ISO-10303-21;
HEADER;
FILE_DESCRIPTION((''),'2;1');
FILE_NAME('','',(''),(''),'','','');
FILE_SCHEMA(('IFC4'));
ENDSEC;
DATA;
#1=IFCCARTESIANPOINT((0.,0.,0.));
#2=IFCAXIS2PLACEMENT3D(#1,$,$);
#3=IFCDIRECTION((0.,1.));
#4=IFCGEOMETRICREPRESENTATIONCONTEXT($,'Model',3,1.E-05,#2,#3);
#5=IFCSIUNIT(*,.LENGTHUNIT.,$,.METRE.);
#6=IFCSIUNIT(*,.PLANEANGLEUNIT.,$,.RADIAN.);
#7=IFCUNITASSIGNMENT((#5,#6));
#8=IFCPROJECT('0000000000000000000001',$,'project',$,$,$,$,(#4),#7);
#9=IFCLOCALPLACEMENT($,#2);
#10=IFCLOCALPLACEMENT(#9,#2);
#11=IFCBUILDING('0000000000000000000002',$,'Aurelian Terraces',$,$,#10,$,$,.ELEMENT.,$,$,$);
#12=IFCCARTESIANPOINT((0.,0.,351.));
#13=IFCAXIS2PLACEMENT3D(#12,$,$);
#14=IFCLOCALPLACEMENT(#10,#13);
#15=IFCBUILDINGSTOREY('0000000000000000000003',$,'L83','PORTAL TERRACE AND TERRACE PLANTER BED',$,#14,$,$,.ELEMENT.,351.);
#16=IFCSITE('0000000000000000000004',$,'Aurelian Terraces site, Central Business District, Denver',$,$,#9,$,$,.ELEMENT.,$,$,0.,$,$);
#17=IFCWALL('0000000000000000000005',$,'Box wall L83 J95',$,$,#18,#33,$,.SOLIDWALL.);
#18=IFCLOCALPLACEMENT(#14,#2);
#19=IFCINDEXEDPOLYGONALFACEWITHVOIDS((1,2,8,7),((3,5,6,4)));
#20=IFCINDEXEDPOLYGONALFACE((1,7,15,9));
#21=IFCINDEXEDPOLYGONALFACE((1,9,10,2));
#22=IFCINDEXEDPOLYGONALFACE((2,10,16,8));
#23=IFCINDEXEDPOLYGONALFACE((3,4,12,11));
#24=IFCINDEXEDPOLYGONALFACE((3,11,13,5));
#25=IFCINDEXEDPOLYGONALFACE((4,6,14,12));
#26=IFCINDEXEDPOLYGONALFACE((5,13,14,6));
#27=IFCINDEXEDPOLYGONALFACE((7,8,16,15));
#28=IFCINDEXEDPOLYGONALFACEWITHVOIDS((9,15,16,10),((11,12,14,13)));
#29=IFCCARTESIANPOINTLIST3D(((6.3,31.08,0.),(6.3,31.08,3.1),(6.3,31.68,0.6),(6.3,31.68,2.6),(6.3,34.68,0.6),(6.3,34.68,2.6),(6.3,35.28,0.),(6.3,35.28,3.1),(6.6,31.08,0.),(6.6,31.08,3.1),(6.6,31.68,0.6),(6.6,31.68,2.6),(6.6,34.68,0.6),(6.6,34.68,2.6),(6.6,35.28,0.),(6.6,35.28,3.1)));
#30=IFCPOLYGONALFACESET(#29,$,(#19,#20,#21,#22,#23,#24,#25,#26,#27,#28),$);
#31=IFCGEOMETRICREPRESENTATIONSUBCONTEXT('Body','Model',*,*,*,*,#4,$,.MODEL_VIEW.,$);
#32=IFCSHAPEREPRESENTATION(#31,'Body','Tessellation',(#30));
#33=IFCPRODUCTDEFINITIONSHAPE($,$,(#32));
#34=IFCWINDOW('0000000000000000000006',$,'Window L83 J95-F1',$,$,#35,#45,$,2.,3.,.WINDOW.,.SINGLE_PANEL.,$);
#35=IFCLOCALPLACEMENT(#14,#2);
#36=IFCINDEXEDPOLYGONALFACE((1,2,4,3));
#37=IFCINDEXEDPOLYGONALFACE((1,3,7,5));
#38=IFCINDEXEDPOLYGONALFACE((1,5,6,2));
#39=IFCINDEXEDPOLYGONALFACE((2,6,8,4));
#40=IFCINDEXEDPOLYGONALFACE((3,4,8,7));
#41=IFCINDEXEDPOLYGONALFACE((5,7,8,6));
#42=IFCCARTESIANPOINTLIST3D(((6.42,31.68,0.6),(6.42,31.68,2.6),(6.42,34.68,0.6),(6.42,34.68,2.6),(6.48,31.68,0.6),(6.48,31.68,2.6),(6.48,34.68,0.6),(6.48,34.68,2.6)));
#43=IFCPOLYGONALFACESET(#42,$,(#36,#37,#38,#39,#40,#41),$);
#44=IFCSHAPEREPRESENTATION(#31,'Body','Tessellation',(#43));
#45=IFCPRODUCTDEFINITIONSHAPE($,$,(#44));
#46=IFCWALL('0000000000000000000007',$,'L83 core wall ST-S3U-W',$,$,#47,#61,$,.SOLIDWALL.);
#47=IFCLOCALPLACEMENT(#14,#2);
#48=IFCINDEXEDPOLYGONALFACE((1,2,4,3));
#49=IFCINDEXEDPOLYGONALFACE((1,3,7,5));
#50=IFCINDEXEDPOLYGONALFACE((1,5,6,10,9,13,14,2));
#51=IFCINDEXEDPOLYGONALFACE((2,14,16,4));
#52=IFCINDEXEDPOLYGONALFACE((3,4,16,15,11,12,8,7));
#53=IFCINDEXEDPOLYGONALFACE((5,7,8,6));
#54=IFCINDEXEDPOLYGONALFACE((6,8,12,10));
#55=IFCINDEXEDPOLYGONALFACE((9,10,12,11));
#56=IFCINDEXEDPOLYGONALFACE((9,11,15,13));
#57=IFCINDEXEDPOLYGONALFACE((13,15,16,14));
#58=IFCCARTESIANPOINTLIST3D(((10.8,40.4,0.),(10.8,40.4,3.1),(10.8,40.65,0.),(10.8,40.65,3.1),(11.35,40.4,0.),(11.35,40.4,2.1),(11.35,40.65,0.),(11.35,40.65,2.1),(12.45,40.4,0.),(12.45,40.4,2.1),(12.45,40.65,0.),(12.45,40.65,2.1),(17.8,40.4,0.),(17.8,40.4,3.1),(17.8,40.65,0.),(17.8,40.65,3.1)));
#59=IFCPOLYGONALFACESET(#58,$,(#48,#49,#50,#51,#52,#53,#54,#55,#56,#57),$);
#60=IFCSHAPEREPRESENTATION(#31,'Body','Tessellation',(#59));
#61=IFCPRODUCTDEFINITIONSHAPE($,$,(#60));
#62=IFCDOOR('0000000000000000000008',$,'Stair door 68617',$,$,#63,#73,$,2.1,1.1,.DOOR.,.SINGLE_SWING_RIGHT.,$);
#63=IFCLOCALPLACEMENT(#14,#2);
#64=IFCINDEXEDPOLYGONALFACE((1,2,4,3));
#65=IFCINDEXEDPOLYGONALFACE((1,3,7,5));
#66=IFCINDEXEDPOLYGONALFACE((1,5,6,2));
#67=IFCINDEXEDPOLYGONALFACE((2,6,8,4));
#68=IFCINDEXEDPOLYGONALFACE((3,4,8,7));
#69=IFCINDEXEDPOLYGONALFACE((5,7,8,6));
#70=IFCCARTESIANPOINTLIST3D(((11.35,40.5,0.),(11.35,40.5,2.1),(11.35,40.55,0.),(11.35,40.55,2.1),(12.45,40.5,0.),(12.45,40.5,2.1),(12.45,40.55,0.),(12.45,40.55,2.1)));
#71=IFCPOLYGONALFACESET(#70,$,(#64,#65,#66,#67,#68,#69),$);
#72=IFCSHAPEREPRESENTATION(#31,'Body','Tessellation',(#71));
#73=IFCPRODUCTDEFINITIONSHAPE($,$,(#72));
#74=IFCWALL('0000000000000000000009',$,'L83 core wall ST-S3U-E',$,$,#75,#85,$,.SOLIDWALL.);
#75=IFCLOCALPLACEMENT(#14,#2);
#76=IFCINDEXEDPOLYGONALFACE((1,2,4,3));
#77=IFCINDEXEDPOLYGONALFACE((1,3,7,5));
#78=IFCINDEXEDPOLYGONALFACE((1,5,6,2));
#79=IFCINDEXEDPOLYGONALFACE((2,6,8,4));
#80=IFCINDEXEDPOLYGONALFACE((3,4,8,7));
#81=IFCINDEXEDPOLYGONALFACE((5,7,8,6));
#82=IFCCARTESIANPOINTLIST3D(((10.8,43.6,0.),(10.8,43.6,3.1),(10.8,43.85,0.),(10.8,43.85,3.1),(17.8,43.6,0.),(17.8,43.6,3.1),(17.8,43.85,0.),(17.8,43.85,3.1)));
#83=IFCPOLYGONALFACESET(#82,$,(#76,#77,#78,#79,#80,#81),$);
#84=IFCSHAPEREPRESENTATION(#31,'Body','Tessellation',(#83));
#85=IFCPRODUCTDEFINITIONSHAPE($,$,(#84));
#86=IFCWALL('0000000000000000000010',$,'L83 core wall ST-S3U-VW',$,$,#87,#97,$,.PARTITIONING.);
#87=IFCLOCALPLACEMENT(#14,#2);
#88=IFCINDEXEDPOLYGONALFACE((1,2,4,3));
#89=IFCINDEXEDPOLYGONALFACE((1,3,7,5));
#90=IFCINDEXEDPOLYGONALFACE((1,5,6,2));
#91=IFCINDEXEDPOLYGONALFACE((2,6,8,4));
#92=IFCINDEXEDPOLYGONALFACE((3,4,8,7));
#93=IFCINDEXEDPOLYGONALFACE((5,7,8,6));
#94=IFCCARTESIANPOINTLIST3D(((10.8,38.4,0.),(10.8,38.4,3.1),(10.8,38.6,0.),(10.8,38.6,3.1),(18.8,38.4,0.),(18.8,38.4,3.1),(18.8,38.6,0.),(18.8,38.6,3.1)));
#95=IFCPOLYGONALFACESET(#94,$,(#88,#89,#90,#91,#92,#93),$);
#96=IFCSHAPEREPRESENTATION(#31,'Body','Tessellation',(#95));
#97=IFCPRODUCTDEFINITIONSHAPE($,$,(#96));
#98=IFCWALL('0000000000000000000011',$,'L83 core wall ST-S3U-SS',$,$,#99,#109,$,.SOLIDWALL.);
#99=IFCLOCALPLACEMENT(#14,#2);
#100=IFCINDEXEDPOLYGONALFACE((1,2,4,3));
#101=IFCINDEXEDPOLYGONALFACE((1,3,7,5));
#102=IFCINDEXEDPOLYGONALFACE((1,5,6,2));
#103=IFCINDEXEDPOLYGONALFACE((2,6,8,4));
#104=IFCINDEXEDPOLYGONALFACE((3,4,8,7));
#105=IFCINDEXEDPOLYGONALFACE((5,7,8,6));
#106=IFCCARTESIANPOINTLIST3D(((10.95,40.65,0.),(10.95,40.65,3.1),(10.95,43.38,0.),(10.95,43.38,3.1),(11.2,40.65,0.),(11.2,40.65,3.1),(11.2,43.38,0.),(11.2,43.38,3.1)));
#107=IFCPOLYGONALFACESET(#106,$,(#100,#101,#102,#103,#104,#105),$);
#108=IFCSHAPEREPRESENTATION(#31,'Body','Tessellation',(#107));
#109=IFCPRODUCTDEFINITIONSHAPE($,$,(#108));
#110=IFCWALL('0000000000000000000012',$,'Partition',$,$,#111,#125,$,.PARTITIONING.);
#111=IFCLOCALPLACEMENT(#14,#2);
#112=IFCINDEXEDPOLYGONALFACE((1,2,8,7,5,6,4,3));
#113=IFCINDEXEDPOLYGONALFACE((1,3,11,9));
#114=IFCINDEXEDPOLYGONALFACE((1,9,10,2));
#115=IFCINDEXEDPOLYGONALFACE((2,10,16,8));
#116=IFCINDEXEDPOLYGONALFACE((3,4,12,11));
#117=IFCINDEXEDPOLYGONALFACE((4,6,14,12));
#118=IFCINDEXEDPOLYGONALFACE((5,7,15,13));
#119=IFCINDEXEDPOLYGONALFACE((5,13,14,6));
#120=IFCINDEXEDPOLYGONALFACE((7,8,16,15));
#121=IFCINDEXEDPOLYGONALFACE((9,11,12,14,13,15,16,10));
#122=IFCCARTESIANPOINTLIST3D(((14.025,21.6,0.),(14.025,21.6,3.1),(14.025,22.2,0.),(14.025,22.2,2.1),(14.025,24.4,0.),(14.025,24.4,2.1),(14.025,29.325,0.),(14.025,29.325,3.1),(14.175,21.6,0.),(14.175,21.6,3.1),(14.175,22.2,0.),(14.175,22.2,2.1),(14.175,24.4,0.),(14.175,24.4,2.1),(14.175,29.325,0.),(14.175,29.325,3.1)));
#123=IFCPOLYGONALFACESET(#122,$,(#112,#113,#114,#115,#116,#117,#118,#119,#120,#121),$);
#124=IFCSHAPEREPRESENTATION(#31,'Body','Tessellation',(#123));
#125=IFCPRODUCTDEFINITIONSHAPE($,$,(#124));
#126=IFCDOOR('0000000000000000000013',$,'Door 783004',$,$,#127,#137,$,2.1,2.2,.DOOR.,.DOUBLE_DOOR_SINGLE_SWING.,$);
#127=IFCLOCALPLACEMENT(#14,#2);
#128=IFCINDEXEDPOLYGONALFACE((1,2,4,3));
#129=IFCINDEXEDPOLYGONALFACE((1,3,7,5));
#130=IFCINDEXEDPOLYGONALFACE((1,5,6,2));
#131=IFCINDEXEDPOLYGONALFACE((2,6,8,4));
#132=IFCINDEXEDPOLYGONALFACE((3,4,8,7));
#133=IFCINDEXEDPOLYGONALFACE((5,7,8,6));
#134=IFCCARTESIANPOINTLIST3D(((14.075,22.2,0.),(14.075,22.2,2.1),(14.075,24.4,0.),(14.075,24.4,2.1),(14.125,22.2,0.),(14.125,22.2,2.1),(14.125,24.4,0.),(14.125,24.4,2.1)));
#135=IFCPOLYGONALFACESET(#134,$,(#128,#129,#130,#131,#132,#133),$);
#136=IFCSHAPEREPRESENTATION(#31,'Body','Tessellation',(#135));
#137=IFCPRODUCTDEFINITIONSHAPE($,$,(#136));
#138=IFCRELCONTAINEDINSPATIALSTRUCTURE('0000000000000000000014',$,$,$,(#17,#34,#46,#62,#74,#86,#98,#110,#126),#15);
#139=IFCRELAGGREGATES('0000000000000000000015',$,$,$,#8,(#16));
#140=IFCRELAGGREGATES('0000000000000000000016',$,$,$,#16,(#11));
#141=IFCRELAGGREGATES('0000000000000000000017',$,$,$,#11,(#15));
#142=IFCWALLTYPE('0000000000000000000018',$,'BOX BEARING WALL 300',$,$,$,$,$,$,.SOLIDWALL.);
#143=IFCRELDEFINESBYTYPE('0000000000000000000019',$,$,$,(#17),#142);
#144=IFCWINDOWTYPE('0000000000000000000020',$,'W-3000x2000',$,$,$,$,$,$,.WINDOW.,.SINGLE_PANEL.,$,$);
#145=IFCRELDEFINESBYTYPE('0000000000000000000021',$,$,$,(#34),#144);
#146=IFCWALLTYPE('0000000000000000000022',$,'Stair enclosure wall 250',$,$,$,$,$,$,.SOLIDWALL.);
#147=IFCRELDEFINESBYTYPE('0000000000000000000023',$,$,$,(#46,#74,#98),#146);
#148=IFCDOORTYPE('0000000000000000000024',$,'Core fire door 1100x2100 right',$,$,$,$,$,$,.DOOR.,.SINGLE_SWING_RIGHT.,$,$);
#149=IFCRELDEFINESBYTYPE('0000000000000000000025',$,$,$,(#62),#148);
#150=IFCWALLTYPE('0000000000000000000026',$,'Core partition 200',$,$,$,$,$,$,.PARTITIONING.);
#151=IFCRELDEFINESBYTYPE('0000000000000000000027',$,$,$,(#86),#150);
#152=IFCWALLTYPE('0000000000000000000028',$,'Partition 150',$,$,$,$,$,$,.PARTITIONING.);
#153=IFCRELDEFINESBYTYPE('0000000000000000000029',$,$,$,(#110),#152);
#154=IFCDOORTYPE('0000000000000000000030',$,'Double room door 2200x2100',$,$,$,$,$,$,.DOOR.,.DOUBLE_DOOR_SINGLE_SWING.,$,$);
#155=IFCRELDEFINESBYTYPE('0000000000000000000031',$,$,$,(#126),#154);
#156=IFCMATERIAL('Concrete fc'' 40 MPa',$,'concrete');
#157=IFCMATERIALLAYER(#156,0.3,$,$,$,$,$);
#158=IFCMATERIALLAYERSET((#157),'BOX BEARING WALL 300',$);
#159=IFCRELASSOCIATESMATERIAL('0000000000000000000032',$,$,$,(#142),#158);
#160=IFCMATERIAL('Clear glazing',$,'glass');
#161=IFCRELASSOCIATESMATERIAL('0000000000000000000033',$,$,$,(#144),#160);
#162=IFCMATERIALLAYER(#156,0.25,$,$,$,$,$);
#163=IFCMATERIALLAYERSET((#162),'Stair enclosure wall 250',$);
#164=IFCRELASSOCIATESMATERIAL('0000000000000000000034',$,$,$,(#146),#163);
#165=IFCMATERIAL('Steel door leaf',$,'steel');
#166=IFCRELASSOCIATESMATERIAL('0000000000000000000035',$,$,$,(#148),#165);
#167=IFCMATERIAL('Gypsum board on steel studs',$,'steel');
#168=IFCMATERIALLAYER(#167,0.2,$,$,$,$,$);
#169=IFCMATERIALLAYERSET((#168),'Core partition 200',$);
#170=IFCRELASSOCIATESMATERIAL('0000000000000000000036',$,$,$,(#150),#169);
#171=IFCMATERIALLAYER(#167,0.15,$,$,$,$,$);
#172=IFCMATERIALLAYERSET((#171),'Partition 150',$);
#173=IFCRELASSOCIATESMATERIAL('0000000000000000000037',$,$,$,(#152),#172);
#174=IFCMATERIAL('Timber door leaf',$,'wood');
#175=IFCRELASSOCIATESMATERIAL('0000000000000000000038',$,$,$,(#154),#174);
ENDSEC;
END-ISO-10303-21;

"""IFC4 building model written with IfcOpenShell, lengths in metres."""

from ifc_helpers import new_model, si_unit, direction, frame, frame_2d, origin, place, context, subcontext, project, spatial, rectangle, extrude, source, transform, mapped, material, layer, layer_set, type_object, element, fill, save


model = new_model("IFC4")

# Units and contexts
model_context = context("Model", 3, precision=1e-05, world=origin(), true_north=direction((0.0, 1.0)))
body_context = subcontext(model_context, "Body", "Model", "MODEL_VIEW")
ifc_project = project(units=[si_unit("LENGTHUNIT", "METRE"), si_unit("PLANEANGLEUNIT", "RADIAN")], contexts=[model_context])

# Site, building, storey
site_placement = place(None, origin())
site = spatial("IfcSite", under=ifc_project, at=site_placement, Name="Aurelian Terraces site, Central Business District, Denver", CompositionType="ELEMENT", RefElevation=0.0)
building_placement = place(site_placement, origin())
building = spatial("IfcBuilding", under=site, at=building_placement, Name="Aurelian Terraces", CompositionType="ELEMENT")
storey_placement = place(building_placement, frame((0.0, 0.0, 351.0)))
storey = spatial("IfcBuildingStorey", under=building, at=storey_placement, Name="L83", Description="PORTAL TERRACE AND TERRACE PLANTER BED", CompositionType="ELEMENT", Elevation=351.0)

# Shared definitions
ifc_material_1 = material(Name="Concrete fc' 40 MPa", Category="concrete")
ifc_material_2 = material(Name="Clear glazing", Category="glass")

# Shared definitions
ifc_material_3 = material(Name="Timber door leaf", Category="wood")

# Wall, opening, window
ifc_layer_1 = layer(ifc_material_1, 0.3)
ifc_layer_set_1 = layer_set([ifc_layer_1], Name="BOX BEARING WALL 300")
wall_type_1 = type_object("IfcWallType", Name="BOX BEARING WALL 300", PredefinedType="SOLIDWALL", material=ifc_layer_set_1)
shared_shape_1 = source(origin(), body_context, "Body", "SweptSolid", [
    extrude(rectangle(XDim=4.2, YDim=0.3, at=frame_2d((2.1, 0.0))), origin(), (0.0, 0.0, 1.0), 3.1),
])
wall_1_placement = place(storey_placement, frame((6.45, 35.28, 0.0), z_axis=(0.0, 0.0, 1.0), x_axis=(0.0, -1.0, 0.0)))
wall_1 = element("IfcWall", 1, at=wall_1_placement, inside=storey, type_object=wall_type_1, Name="Box wall L83 J95", PredefinedType="SOLIDWALL", context=body_context, shape_type="MappedRepresentation", body=[
    mapped(shared_shape_1, transform((0.0, 0.0, 0.0), scale=1.0)),
])
shared_shape_2 = source(origin(), body_context, "Body", "SweptSolid", [
    extrude(rectangle(XDim=3.0, YDim=2.0, at=frame_2d((1.5, 1.0))), frame((0.0, 0.16, 0.0), z_axis=(0.0, -1.0, 0.0), x_axis=(1.0, 0.0, 0.0)), (0.0, 0.0, 1.0), 0.32),
])
opening_1_placement = place(wall_1_placement, frame((0.6, 0.0, 0.6)))
opening_1 = element("IfcOpeningElement", 2, at=opening_1_placement, cuts=wall_1, PredefinedType="OPENING", context=body_context, shape_type="MappedRepresentation", body=[
    mapped(shared_shape_2, transform((0.0, 0.0, 0.0), scale=1.0)),
])
window_type_1 = type_object("IfcWindowType", Name="W-3000x2000", PartitioningType="SINGLE_PANEL", PredefinedType="WINDOW", material=ifc_material_2)
shared_shape_3 = source(origin(), body_context, "Body", "SweptSolid", [
    extrude(rectangle(XDim=3.0, YDim=2.0, at=frame_2d((1.5, 1.0))), frame((0.0, 0.03, 0.0), z_axis=(0.0, -1.0, 0.0), x_axis=(1.0, 0.0, 0.0)), (0.0, 0.0, 1.0), 0.06),
])
window_1_placement = place(opening_1_placement, origin())
window_1 = element("IfcWindow", 3, at=window_1_placement, inside=storey, type_object=window_type_1, Name="Window L83 J95-F1", OverallHeight=2.0, OverallWidth=3.0, PartitioningType="SINGLE_PANEL", PredefinedType="WINDOW", context=body_context, shape_type="MappedRepresentation", body=[
    mapped(shared_shape_3, transform((0.0, 0.0, 0.0), scale=1.0)),
])
fill(opening_1, window_1)

# Wall, opening, door
ifc_layer_2 = layer(ifc_material_1, 0.25)
ifc_layer_set_2 = layer_set([ifc_layer_2], Name="Stair enclosure wall 250")
wall_type_2 = type_object("IfcWallType", Name="Stair enclosure wall 250", PredefinedType="SOLIDWALL", material=ifc_layer_set_2)
shared_shape_4 = source(origin(), body_context, "Body", "SweptSolid", [
    extrude(rectangle(XDim=7.0, YDim=0.25, at=frame_2d((3.5, 0.0))), origin(), (0.0, 0.0, 1.0), 3.1),
])
wall_2_placement = place(storey_placement, frame((10.8, 40.525, 0.0), z_axis=(0.0, 0.0, 1.0), x_axis=(1.0, 0.0, 0.0)))
wall_2 = element("IfcWall", 4, at=wall_2_placement, inside=storey, type_object=wall_type_2, Name="L83 core wall ST-S3U-W", PredefinedType="SOLIDWALL", context=body_context, shape_type="MappedRepresentation", body=[
    mapped(shared_shape_4, transform((0.0, 0.0, 0.0), scale=1.0)),
])
shared_shape_5 = source(origin(), body_context, "Body", "SweptSolid", [
    extrude(rectangle(XDim=1.1, YDim=2.1, at=frame_2d((0.55, 1.05))), frame((0.0, 0.135, 0.0), z_axis=(0.0, -1.0, 0.0), x_axis=(1.0, 0.0, 0.0)), (0.0, 0.0, 1.0), 0.27),
])
opening_2_placement = place(wall_2_placement, frame((0.55, 0.0, 0.0)))
opening_2 = element("IfcOpeningElement", 5, at=opening_2_placement, cuts=wall_2, PredefinedType="OPENING", context=body_context, shape_type="MappedRepresentation", body=[
    mapped(shared_shape_5, transform((0.0, 0.0, 0.0), scale=1.0)),
])
ifc_material_4 = material(Name="Steel door leaf", Category="steel")
door_type_1 = type_object("IfcDoorType", Name="Core fire door 1100x2100 right", OperationType="SINGLE_SWING_RIGHT", PredefinedType="DOOR", material=ifc_material_4)
shared_shape_6 = source(origin(), body_context, "Body", "SweptSolid", [
    extrude(rectangle(XDim=1.1, YDim=2.1, at=frame_2d((0.55, 1.05))), frame((0.0, 0.025, 0.0), z_axis=(0.0, -1.0, 0.0), x_axis=(1.0, 0.0, 0.0)), (0.0, 0.0, 1.0), 0.05),
])
door_1_placement = place(opening_2_placement, origin())
door_1 = element("IfcDoor", 6, at=door_1_placement, inside=storey, type_object=door_type_1, Name="Stair door 68617", OperationType="SINGLE_SWING_RIGHT", OverallHeight=2.1, OverallWidth=1.1, PredefinedType="DOOR", context=body_context, shape_type="MappedRepresentation", body=[
    mapped(shared_shape_6, transform((0.0, 0.0, 0.0), scale=1.0)),
])
fill(opening_2, door_1)

# Walls
wall_3_placement = place(storey_placement, frame((10.8, 43.725, 0.0), z_axis=(0.0, 0.0, 1.0), x_axis=(1.0, 0.0, 0.0)))
element("IfcWall", 7, at=wall_3_placement, inside=storey, type_object=wall_type_2, Name="L83 core wall ST-S3U-E", PredefinedType="SOLIDWALL", context=body_context, shape_type="MappedRepresentation", body=[
    mapped(shared_shape_4, transform((0.0, 0.0, 0.0), scale=1.0)),
])
ifc_material_5 = material(Name="Gypsum board on steel studs", Category="steel")
ifc_layer_3 = layer(ifc_material_5, 0.2)
ifc_layer_set_3 = layer_set([ifc_layer_3], Name="Core partition 200")
wall_type_3 = type_object("IfcWallType", Name="Core partition 200", PredefinedType="PARTITIONING", material=ifc_layer_set_3)
shared_shape_7 = source(origin(), body_context, "Body", "SweptSolid", [
    extrude(rectangle(XDim=8.0, YDim=0.2, at=frame_2d((4.0, 0.0))), origin(), (0.0, 0.0, 1.0), 3.1),
])
wall_4_placement = place(storey_placement, frame((10.8, 38.5, 0.0), z_axis=(0.0, 0.0, 1.0), x_axis=(1.0, 0.0, 0.0)))
element("IfcWall", 8, at=wall_4_placement, inside=storey, type_object=wall_type_3, Name="L83 core wall ST-S3U-VW", PredefinedType="PARTITIONING", context=body_context, shape_type="MappedRepresentation", body=[
    mapped(shared_shape_7, transform((0.0, 0.0, 0.0), scale=1.0)),
])
shared_shape_8 = source(origin(), body_context, "Body", "SweptSolid", [
    extrude(rectangle(XDim=2.73, YDim=0.25, at=frame_2d((1.365, 0.0))), origin(), (0.0, 0.0, 1.0), 3.1),
])
wall_5_placement = place(storey_placement, frame((11.075, 40.65, 0.0), z_axis=(0.0, 0.0, 1.0), x_axis=(0.0, 1.0, 0.0)))
element("IfcWall", 9, at=wall_5_placement, inside=storey, type_object=wall_type_2, Name="L83 core wall ST-S3U-SS", PredefinedType="SOLIDWALL", context=body_context, shape_type="MappedRepresentation", body=[
    mapped(shared_shape_8, transform((0.0, 0.0, 0.0), scale=1.0)),
])

# Wall, opening, door
ifc_layer_4 = layer(ifc_material_5, 0.15)
ifc_layer_set_4 = layer_set([ifc_layer_4], Name="Partition 150")
wall_type_4 = type_object("IfcWallType", Name="Partition 150", PredefinedType="PARTITIONING", material=ifc_layer_set_4)
shared_shape_9 = source(origin(), body_context, "Body", "SweptSolid", [
    extrude(rectangle(XDim=7.725, YDim=0.15, at=frame_2d((3.8625, 0.0))), origin(), (0.0, 0.0, 1.0), 3.1),
])
wall_6_placement = place(storey_placement, frame((14.1, 29.325, 0.0), z_axis=(0.0, 0.0, 1.0), x_axis=(0.0, -1.0, 0.0)))
wall_6 = element("IfcWall", 10, at=wall_6_placement, inside=storey, type_object=wall_type_4, Name="Partition", PredefinedType="PARTITIONING", context=body_context, shape_type="MappedRepresentation", body=[
    mapped(shared_shape_9, transform((0.0, 0.0, 0.0), scale=1.0)),
])
shared_shape_10 = source(origin(), body_context, "Body", "SweptSolid", [
    extrude(rectangle(XDim=2.2, YDim=2.1, at=frame_2d((1.1, 1.05))), frame((0.0, 0.085, 0.0), z_axis=(0.0, -1.0, 0.0), x_axis=(1.0, 0.0, 0.0)), (0.0, 0.0, 1.0), 0.17),
])
opening_3_placement = place(wall_6_placement, frame((4.925, 0.0, 0.0)))
opening_3 = element("IfcOpeningElement", 11, at=opening_3_placement, cuts=wall_6, PredefinedType="OPENING", context=body_context, shape_type="MappedRepresentation", body=[
    mapped(shared_shape_10, transform((0.0, 0.0, 0.0), scale=1.0)),
])
door_type_2 = type_object("IfcDoorType", Name="Double room door 2200x2100", OperationType="DOUBLE_DOOR_SINGLE_SWING", PredefinedType="DOOR", material=ifc_material_3)
shared_shape_11 = source(origin(), body_context, "Body", "SweptSolid", [
    extrude(rectangle(XDim=2.2, YDim=2.1, at=frame_2d((1.1, 1.05))), frame((0.0, 0.025, 0.0), z_axis=(0.0, -1.0, 0.0), x_axis=(1.0, 0.0, 0.0)), (0.0, 0.0, 1.0), 0.05),
])
door_2_placement = place(opening_3_placement, origin())
door_2 = element("IfcDoor", 12, at=door_2_placement, inside=storey, type_object=door_type_2, Name="Door 783004", OperationType="DOUBLE_DOOR_SINGLE_SWING", OverallHeight=2.1, OverallWidth=2.2, PredefinedType="DOOR", context=body_context, shape_type="MappedRepresentation", body=[
    mapped(shared_shape_11, transform((0.0, 0.0, 0.0), scale=1.0)),
])
fill(opening_3, door_2)

save(model, "model.ifc")
